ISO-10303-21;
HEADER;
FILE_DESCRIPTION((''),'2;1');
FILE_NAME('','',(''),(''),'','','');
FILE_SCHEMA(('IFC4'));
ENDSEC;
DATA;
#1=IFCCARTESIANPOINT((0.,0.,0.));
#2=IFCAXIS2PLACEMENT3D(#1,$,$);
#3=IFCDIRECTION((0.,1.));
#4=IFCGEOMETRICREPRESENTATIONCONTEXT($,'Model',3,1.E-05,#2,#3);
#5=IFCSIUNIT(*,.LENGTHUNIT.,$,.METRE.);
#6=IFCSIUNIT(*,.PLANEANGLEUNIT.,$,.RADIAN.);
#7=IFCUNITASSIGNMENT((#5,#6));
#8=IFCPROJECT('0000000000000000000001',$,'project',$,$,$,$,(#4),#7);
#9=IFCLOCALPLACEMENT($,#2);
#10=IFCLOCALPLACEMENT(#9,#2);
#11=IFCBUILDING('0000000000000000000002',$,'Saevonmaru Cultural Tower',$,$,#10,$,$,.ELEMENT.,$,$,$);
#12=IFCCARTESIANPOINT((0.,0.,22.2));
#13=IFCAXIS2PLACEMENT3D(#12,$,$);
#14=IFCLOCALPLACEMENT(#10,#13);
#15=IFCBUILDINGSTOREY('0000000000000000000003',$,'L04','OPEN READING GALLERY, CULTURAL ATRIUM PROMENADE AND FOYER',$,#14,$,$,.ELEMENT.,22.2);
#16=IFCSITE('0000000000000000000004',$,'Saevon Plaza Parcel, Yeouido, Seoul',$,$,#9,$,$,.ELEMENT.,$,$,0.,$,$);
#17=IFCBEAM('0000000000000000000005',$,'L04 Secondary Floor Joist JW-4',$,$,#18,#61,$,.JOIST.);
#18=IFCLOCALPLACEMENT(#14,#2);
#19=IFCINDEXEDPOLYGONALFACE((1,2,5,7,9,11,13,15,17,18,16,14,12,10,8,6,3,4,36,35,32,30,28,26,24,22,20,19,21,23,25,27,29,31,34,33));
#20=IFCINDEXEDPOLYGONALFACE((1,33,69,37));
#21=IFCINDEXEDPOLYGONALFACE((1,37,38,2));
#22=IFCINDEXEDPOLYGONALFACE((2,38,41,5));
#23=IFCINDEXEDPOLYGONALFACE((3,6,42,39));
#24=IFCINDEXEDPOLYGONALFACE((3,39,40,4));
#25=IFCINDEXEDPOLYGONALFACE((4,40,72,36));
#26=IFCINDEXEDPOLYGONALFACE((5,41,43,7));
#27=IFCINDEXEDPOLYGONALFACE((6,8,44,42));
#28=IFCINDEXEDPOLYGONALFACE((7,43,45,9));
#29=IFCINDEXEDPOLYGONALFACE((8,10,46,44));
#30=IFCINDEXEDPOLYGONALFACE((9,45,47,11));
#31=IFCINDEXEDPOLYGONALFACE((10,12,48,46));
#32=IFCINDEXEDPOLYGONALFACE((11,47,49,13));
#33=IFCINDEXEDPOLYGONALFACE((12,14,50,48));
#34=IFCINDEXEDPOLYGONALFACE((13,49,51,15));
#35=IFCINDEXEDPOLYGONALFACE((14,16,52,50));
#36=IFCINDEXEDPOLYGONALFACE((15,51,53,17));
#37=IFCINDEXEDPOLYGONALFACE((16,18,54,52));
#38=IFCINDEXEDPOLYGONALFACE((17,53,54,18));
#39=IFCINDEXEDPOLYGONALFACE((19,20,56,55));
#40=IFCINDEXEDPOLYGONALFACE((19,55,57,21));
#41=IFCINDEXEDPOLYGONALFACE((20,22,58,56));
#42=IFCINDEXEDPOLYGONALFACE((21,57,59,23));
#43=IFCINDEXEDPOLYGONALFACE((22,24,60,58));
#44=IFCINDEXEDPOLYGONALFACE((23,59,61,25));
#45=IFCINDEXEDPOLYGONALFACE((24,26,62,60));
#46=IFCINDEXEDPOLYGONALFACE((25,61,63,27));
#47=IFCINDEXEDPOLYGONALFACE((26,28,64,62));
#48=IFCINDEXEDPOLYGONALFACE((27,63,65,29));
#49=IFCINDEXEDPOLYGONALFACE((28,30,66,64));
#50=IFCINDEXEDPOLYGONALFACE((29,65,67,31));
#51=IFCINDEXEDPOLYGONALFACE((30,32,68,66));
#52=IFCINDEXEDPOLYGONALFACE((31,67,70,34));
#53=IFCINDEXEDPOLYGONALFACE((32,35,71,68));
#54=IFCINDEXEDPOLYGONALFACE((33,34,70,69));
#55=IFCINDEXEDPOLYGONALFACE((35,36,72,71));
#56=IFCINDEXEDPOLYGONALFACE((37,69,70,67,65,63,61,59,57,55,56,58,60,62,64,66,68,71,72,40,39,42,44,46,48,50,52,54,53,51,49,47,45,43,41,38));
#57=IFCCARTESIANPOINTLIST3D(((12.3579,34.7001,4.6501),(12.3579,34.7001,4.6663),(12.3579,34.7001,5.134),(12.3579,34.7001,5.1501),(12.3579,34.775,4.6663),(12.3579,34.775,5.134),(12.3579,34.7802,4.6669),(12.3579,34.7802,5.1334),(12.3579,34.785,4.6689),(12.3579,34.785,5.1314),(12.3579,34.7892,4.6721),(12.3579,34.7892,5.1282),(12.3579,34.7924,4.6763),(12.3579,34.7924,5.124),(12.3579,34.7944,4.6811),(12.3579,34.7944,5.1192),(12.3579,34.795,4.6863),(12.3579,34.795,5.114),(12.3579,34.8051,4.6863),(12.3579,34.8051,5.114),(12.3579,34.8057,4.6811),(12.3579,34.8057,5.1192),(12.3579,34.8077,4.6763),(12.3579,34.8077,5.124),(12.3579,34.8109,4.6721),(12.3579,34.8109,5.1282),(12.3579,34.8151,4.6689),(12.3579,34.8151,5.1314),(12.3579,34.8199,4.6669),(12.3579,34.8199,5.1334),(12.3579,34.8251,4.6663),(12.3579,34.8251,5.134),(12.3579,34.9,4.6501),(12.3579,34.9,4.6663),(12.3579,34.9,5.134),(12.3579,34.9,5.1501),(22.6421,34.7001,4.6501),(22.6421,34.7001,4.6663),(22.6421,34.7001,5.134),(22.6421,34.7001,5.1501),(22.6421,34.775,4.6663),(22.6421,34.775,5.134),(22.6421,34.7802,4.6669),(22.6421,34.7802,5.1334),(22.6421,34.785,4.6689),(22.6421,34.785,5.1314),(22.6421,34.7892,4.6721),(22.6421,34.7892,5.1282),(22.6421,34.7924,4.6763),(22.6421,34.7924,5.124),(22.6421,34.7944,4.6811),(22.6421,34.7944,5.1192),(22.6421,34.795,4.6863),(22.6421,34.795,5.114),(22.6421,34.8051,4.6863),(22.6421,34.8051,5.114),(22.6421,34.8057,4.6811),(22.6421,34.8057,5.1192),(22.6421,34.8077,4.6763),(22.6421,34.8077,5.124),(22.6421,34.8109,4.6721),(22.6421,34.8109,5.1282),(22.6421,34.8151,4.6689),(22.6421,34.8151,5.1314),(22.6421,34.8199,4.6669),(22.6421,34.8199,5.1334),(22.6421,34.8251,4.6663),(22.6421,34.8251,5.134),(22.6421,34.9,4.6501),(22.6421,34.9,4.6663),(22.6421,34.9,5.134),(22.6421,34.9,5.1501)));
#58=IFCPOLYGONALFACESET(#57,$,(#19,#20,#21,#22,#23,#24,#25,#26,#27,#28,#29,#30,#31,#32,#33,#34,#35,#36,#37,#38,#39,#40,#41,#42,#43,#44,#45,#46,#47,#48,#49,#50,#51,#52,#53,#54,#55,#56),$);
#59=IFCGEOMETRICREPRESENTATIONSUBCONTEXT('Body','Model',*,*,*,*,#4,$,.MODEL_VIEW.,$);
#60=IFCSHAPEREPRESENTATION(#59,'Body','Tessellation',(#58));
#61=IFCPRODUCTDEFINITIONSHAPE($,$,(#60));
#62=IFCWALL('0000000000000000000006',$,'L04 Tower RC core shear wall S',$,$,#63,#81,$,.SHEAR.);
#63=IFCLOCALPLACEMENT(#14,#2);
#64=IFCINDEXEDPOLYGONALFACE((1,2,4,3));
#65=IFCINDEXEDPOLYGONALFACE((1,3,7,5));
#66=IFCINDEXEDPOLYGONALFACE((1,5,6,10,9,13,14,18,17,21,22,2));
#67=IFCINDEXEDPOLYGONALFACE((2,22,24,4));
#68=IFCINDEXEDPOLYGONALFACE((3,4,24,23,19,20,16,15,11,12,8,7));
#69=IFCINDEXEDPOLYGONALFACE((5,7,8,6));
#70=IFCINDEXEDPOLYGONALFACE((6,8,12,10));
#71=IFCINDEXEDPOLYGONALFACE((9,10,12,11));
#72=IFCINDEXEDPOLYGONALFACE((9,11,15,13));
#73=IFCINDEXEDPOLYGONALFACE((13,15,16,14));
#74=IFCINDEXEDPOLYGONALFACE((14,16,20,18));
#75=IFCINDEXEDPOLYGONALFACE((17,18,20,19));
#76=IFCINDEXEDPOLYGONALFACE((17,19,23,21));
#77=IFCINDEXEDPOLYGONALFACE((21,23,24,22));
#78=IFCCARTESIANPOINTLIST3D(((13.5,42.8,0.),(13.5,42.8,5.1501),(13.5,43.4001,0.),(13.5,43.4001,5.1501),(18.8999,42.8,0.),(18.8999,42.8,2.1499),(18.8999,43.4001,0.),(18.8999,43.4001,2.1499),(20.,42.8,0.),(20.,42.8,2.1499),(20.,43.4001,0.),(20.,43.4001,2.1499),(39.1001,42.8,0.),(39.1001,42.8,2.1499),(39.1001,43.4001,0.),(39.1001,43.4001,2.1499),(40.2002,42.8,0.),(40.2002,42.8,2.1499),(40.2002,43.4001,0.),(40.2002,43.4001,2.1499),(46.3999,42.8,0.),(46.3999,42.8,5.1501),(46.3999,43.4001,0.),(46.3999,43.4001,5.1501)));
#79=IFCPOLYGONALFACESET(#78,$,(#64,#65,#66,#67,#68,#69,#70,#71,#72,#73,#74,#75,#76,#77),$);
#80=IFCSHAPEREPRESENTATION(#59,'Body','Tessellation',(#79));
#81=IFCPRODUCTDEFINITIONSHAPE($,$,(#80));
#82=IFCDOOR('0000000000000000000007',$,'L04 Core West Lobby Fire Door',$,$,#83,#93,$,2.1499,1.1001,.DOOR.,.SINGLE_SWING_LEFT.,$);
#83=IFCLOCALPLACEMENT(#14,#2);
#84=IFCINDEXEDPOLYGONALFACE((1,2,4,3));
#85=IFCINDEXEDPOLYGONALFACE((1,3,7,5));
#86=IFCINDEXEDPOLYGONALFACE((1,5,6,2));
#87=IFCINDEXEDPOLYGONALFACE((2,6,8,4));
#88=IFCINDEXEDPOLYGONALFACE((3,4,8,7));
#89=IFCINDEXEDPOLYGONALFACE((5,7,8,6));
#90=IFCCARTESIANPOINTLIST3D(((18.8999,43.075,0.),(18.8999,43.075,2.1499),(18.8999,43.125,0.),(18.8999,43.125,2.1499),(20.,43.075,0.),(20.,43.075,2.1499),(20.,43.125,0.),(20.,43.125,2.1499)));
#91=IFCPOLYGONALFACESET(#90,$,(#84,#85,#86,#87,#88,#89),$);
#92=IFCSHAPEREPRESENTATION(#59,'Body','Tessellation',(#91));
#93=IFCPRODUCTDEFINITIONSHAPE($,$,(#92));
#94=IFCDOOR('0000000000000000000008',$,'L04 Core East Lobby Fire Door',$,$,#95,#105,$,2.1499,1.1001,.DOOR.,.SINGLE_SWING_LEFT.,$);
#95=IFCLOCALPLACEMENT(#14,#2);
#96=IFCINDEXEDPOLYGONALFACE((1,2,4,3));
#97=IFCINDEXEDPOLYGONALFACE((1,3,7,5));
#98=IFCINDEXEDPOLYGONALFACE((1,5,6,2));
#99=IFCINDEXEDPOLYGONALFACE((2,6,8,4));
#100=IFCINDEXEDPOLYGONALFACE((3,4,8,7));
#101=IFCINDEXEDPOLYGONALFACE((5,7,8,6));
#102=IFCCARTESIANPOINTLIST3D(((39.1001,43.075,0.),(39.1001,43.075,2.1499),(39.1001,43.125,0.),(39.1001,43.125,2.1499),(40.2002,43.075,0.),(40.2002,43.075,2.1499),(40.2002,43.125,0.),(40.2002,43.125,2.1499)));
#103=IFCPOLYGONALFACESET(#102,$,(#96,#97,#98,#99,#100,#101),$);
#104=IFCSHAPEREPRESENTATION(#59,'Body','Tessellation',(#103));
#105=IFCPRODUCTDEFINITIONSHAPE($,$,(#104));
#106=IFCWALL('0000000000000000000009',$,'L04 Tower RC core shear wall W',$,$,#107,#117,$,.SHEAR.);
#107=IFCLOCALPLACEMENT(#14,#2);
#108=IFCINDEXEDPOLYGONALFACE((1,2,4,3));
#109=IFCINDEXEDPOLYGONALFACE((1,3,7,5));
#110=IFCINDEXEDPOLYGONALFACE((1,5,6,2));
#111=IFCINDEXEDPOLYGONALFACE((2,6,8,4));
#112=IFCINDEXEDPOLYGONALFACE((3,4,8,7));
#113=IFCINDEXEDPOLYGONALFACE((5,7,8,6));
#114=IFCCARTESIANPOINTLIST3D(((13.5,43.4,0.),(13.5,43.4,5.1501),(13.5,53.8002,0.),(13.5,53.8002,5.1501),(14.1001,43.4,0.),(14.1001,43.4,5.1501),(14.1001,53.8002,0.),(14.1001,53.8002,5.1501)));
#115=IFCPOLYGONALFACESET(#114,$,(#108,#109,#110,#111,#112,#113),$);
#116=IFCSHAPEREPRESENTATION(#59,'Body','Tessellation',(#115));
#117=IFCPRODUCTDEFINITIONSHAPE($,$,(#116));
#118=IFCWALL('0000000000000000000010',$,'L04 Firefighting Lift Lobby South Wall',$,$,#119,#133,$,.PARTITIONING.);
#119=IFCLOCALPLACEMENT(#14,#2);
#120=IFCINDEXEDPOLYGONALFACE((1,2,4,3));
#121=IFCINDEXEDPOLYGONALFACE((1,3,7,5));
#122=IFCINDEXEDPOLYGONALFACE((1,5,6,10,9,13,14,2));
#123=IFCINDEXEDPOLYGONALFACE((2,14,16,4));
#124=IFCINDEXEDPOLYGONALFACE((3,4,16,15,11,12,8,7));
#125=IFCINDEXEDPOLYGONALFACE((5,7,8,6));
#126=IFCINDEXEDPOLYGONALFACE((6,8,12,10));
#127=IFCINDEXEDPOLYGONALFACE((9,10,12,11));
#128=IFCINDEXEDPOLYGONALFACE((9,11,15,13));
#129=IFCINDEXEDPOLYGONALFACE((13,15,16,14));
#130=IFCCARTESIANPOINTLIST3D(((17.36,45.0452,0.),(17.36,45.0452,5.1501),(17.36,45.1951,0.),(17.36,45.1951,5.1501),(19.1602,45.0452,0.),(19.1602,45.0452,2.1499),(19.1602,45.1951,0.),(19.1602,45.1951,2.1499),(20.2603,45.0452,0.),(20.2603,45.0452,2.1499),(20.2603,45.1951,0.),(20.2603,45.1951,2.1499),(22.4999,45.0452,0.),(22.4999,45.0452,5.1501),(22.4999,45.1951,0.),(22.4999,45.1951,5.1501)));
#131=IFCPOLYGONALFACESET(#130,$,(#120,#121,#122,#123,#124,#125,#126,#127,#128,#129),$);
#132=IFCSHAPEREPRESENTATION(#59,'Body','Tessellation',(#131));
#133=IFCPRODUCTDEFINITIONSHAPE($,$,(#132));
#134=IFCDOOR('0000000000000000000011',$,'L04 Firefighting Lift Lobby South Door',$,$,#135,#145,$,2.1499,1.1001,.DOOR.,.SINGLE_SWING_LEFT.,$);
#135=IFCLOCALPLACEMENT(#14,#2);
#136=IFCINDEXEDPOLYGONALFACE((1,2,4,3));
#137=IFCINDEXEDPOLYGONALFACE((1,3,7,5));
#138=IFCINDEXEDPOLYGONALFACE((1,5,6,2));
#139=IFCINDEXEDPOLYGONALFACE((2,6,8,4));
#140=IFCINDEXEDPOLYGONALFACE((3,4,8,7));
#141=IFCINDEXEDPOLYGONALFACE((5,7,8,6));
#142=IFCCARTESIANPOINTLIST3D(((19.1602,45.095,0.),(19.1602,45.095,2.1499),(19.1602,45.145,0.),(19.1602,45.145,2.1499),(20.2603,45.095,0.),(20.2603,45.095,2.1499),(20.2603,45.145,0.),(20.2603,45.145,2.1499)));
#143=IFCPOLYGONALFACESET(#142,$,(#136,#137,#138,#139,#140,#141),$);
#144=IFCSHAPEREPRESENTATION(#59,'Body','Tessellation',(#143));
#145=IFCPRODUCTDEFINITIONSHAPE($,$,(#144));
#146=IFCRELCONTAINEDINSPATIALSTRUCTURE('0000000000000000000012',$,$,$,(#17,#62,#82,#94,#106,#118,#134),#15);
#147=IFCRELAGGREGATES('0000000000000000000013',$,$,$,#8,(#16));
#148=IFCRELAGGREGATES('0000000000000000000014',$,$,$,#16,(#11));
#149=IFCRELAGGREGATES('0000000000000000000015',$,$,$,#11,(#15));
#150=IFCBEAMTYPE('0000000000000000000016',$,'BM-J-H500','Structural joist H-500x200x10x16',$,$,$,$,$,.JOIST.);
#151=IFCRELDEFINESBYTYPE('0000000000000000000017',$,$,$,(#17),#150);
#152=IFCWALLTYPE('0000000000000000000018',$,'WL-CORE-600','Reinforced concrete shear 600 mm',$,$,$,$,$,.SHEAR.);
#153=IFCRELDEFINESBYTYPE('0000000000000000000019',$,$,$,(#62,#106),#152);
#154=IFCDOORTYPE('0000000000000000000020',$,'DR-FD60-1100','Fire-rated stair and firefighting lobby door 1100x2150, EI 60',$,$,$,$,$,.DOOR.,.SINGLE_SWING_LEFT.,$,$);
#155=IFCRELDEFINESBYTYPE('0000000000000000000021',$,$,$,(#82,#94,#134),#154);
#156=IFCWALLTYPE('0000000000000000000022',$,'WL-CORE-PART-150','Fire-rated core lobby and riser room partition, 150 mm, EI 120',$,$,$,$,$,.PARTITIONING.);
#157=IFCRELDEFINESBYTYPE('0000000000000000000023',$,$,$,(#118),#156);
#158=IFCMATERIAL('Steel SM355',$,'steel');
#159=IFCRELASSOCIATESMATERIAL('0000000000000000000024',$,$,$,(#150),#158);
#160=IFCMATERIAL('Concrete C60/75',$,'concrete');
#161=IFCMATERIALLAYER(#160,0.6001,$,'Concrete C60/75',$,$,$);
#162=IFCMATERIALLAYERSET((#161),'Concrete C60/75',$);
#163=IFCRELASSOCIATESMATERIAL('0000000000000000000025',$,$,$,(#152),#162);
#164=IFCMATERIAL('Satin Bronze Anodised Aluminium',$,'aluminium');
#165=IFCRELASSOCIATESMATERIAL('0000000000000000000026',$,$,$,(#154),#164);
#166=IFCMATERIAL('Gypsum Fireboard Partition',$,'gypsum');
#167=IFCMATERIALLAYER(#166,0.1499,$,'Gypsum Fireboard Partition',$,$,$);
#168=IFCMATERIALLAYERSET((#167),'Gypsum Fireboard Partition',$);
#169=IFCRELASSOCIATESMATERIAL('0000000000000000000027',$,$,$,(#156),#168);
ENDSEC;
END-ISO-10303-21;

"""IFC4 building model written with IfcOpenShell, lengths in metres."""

from ifc_helpers import new_model, si_unit, direction, frame, frame_2d, origin, origin_2d, place, context, subcontext, project, spatial, rectangle, i_section, extrude, material, layer, layer_set, material_profile, profile_set, type_object, element, fill, save


model = new_model("IFC4")

# Units and contexts
model_context = context("Model", 3, precision=1e-05, world=origin(), true_north=direction((0.0, 1.0)))
body_context = subcontext(model_context, "Body", "Model", "MODEL_VIEW")
ifc_project = project(units=[si_unit("LENGTHUNIT", "METRE"), si_unit("PLANEANGLEUNIT", "RADIAN")], contexts=[model_context])

# Site, building, storey
site_placement = place(None, origin())
site = spatial("IfcSite", under=ifc_project, at=site_placement, Name="Saevon Plaza Parcel, Yeouido, Seoul", CompositionType="ELEMENT", RefElevation=0.0)
building_placement = place(site_placement, origin())
building = spatial("IfcBuilding", under=site, at=building_placement, Name="Saevonmaru Cultural Tower", CompositionType="ELEMENT")
storey_placement = place(building_placement, frame((0.0, 0.0, 22.2)))
storey = spatial("IfcBuildingStorey", under=building, at=storey_placement, Name="L04", Description="OPEN READING GALLERY, CULTURAL ATRIUM PROMENADE AND FOYER", CompositionType="ELEMENT", Elevation=22.2)

# Beam
ifc_material_1 = material(Name="Steel SM355", Category="steel")
ifc_material_profile_1 = material_profile(ifc_material_1, i_section(OverallWidth=0.2, OverallDepth=0.5, WebThickness=0.01, FlangeThickness=0.0161, FilletRadius=0.02, at=origin_2d()), Name="H-500x200x10x16")
ifc_profile_set_1 = profile_set([ifc_material_profile_1], Name="Steel SM355")
beam_type_1 = type_object("IfcBeamType", Name="BM-J-H500", Description="Structural joist H-500x200x10x16", PredefinedType="JOIST", material=ifc_profile_set_1)
beam_1_placement = place(storey_placement, frame((12.3579, 34.8, 4.9001), z_axis=(1.0, 0.0, 0.0), x_axis=(0.0, 1.0, 0.0)))
element("IfcBeam", 1, at=beam_1_placement, inside=storey, type_object=beam_type_1, Name="L04 Secondary Floor Joist JW-4", PredefinedType="JOIST", context=body_context, shape_type="SweptSolid", body=[
    extrude(i_section(OverallWidth=0.2, OverallDepth=0.5, WebThickness=0.01, FlangeThickness=0.0161, FilletRadius=0.02, at=origin_2d()), origin(), (0.0, 0.0, 1.0), 10.2842),
])

# Wall, openings, doors
ifc_material_2 = material(Name="Concrete C60/75", Category="concrete")
ifc_layer_1 = layer(ifc_material_2, 0.6001, Name="Concrete C60/75")
ifc_layer_set_1 = layer_set([ifc_layer_1], Name="Concrete C60/75")
wall_type_1 = type_object("IfcWallType", Name="WL-CORE-600", Description="Reinforced concrete shear 600 mm", PredefinedType="SHEAR", material=ifc_layer_set_1)
wall_1_placement = place(storey_placement, frame((13.5, 43.1001, 0.0), z_axis=(0.0, 0.0, 1.0), x_axis=(1.0, 0.0, 0.0)))
wall_1 = element("IfcWall", 2, at=wall_1_placement, inside=storey, type_object=wall_type_1, Name="L04 Tower RC core shear wall S", PredefinedType="SHEAR", context=body_context, shape_type="SweptSolid", body=[
    extrude(rectangle(XDim=32.8999, YDim=0.6001, at=frame_2d((16.45, 0.0))), origin(), (0.0, 0.0, 1.0), 5.1501),
])
opening_1_placement = place(wall_1_placement, frame((5.3999, 0.0, 0.0)))
opening_1 = element("IfcOpeningElement", 3, at=opening_1_placement, cuts=wall_1, PredefinedType="OPENING", context=body_context, shape_type="SweptSolid", body=[
    extrude(rectangle(XDim=1.1001, YDim=2.1499, at=frame_2d((0.55, 1.075))), frame((0.0, 0.3101, 0.0), z_axis=(0.0, -1.0, 0.0), x_axis=(1.0, 0.0, 0.0)), (0.0, 0.0, 1.0), 0.6201),
])
opening_2_placement = place(wall_1_placement, frame((25.6001, 0.0, 0.0)))
opening_2 = element("IfcOpeningElement", 4, at=opening_2_placement, cuts=wall_1, PredefinedType="OPENING", context=body_context, shape_type="SweptSolid", body=[
    extrude(rectangle(XDim=1.1001, YDim=2.1499, at=frame_2d((0.55, 1.075))), frame((0.0, 0.3101, 0.0), z_axis=(0.0, -1.0, 0.0), x_axis=(1.0, 0.0, 0.0)), (0.0, 0.0, 1.0), 0.6201),
])
ifc_material_3 = material(Name="Satin Bronze Anodised Aluminium", Category="aluminium")
door_type_1 = type_object("IfcDoorType", Name="DR-FD60-1100", Description="Fire-rated stair and firefighting lobby door 1100x2150, EI 60", OperationType="SINGLE_SWING_LEFT", PredefinedType="DOOR", material=ifc_material_3)
door_1_placement = place(opening_1_placement, origin())
door_1 = element("IfcDoor", 5, at=door_1_placement, inside=storey, type_object=door_type_1, Name="L04 Core West Lobby Fire Door", OperationType="SINGLE_SWING_LEFT", OverallHeight=2.1499, OverallWidth=1.1001, PredefinedType="DOOR", context=body_context, shape_type="SweptSolid", body=[
    extrude(rectangle(XDim=1.1001, YDim=2.1499, at=frame_2d((0.55, 1.075))), frame((0.0, 0.0249, 0.0), z_axis=(0.0, -1.0, 0.0), x_axis=(1.0, 0.0, 0.0)), (0.0, 0.0, 1.0), 0.05),
])
fill(opening_1, door_1)
door_2_placement = place(opening_2_placement, origin())
door_2 = element("IfcDoor", 6, at=door_2_placement, inside=storey, type_object=door_type_1, Name="L04 Core East Lobby Fire Door", OperationType="SINGLE_SWING_LEFT", OverallHeight=2.1499, OverallWidth=1.1001, PredefinedType="DOOR", context=body_context, shape_type="SweptSolid", body=[
    extrude(rectangle(XDim=1.1001, YDim=2.1499, at=frame_2d((0.55, 1.075))), frame((0.0, 0.0249, 0.0), z_axis=(0.0, -1.0, 0.0), x_axis=(1.0, 0.0, 0.0)), (0.0, 0.0, 1.0), 0.05),
])
fill(opening_2, door_2)

# Wall
wall_2_placement = place(storey_placement, frame((13.8, 43.3999, 0.0), z_axis=(0.0, 0.0, 1.0), x_axis=(0.0, 1.0, 0.0)))
element("IfcWall", 7, at=wall_2_placement, inside=storey, type_object=wall_type_1, Name="L04 Tower RC core shear wall W", PredefinedType="SHEAR", context=body_context, shape_type="SweptSolid", body=[
    extrude(rectangle(XDim=10.4001, YDim=0.6001, at=frame_2d((5.2002, 0.0))), origin(), (0.0, 0.0, 1.0), 5.1501),
])

# Wall, opening, door
ifc_material_4 = material(Name="Gypsum Fireboard Partition", Category="gypsum")
ifc_layer_2 = layer(ifc_material_4, 0.1499, Name="Gypsum Fireboard Partition")
ifc_layer_set_2 = layer_set([ifc_layer_2], Name="Gypsum Fireboard Partition")
wall_type_2 = type_object("IfcWallType", Name="WL-CORE-PART-150", Description="Fire-rated core lobby and riser room partition, 150 mm, EI 120", PredefinedType="PARTITIONING", material=ifc_layer_set_2)
wall_3_placement = place(storey_placement, frame((17.3601, 45.1201, 0.0), z_axis=(0.0, 0.0, 1.0), x_axis=(1.0, 0.0, 0.0)))
wall_3 = element("IfcWall", 8, at=wall_3_placement, inside=storey, type_object=wall_type_2, Name="L04 Firefighting Lift Lobby South Wall", PredefinedType="PARTITIONING", context=body_context, shape_type="SweptSolid", body=[
    extrude(rectangle(XDim=5.1399, YDim=0.1499, at=frame_2d((2.5698, 0.0))), origin(), (0.0, 0.0, 1.0), 5.1501),
])
opening_3_placement = place(wall_3_placement, frame((1.8, 0.0, 0.0)))
opening_3 = element("IfcOpeningElement", 9, at=opening_3_placement, cuts=wall_3, PredefinedType="OPENING", context=body_context, shape_type="SweptSolid", body=[
    extrude(rectangle(XDim=1.1001, YDim=2.1499, at=frame_2d((0.55, 1.075))), frame((0.0, 0.085, 0.0), z_axis=(0.0, -1.0, 0.0), x_axis=(1.0, 0.0, 0.0)), (0.0, 0.0, 1.0), 0.1699),
])
door_3_placement = place(opening_3_placement, origin())
door_3 = element("IfcDoor", 10, at=door_3_placement, inside=storey, type_object=door_type_1, Name="L04 Firefighting Lift Lobby South Door", OperationType="SINGLE_SWING_LEFT", OverallHeight=2.1499, OverallWidth=1.1001, PredefinedType="DOOR", context=body_context, shape_type="SweptSolid", body=[
    extrude(rectangle(XDim=1.1001, YDim=2.1499, at=frame_2d((0.55, 1.075))), frame((0.0, 0.0249, 0.0), z_axis=(0.0, -1.0, 0.0), x_axis=(1.0, 0.0, 0.0)), (0.0, 0.0, 1.0), 0.05),
])
fill(opening_3, door_3)

save(model, "model.ifc")
